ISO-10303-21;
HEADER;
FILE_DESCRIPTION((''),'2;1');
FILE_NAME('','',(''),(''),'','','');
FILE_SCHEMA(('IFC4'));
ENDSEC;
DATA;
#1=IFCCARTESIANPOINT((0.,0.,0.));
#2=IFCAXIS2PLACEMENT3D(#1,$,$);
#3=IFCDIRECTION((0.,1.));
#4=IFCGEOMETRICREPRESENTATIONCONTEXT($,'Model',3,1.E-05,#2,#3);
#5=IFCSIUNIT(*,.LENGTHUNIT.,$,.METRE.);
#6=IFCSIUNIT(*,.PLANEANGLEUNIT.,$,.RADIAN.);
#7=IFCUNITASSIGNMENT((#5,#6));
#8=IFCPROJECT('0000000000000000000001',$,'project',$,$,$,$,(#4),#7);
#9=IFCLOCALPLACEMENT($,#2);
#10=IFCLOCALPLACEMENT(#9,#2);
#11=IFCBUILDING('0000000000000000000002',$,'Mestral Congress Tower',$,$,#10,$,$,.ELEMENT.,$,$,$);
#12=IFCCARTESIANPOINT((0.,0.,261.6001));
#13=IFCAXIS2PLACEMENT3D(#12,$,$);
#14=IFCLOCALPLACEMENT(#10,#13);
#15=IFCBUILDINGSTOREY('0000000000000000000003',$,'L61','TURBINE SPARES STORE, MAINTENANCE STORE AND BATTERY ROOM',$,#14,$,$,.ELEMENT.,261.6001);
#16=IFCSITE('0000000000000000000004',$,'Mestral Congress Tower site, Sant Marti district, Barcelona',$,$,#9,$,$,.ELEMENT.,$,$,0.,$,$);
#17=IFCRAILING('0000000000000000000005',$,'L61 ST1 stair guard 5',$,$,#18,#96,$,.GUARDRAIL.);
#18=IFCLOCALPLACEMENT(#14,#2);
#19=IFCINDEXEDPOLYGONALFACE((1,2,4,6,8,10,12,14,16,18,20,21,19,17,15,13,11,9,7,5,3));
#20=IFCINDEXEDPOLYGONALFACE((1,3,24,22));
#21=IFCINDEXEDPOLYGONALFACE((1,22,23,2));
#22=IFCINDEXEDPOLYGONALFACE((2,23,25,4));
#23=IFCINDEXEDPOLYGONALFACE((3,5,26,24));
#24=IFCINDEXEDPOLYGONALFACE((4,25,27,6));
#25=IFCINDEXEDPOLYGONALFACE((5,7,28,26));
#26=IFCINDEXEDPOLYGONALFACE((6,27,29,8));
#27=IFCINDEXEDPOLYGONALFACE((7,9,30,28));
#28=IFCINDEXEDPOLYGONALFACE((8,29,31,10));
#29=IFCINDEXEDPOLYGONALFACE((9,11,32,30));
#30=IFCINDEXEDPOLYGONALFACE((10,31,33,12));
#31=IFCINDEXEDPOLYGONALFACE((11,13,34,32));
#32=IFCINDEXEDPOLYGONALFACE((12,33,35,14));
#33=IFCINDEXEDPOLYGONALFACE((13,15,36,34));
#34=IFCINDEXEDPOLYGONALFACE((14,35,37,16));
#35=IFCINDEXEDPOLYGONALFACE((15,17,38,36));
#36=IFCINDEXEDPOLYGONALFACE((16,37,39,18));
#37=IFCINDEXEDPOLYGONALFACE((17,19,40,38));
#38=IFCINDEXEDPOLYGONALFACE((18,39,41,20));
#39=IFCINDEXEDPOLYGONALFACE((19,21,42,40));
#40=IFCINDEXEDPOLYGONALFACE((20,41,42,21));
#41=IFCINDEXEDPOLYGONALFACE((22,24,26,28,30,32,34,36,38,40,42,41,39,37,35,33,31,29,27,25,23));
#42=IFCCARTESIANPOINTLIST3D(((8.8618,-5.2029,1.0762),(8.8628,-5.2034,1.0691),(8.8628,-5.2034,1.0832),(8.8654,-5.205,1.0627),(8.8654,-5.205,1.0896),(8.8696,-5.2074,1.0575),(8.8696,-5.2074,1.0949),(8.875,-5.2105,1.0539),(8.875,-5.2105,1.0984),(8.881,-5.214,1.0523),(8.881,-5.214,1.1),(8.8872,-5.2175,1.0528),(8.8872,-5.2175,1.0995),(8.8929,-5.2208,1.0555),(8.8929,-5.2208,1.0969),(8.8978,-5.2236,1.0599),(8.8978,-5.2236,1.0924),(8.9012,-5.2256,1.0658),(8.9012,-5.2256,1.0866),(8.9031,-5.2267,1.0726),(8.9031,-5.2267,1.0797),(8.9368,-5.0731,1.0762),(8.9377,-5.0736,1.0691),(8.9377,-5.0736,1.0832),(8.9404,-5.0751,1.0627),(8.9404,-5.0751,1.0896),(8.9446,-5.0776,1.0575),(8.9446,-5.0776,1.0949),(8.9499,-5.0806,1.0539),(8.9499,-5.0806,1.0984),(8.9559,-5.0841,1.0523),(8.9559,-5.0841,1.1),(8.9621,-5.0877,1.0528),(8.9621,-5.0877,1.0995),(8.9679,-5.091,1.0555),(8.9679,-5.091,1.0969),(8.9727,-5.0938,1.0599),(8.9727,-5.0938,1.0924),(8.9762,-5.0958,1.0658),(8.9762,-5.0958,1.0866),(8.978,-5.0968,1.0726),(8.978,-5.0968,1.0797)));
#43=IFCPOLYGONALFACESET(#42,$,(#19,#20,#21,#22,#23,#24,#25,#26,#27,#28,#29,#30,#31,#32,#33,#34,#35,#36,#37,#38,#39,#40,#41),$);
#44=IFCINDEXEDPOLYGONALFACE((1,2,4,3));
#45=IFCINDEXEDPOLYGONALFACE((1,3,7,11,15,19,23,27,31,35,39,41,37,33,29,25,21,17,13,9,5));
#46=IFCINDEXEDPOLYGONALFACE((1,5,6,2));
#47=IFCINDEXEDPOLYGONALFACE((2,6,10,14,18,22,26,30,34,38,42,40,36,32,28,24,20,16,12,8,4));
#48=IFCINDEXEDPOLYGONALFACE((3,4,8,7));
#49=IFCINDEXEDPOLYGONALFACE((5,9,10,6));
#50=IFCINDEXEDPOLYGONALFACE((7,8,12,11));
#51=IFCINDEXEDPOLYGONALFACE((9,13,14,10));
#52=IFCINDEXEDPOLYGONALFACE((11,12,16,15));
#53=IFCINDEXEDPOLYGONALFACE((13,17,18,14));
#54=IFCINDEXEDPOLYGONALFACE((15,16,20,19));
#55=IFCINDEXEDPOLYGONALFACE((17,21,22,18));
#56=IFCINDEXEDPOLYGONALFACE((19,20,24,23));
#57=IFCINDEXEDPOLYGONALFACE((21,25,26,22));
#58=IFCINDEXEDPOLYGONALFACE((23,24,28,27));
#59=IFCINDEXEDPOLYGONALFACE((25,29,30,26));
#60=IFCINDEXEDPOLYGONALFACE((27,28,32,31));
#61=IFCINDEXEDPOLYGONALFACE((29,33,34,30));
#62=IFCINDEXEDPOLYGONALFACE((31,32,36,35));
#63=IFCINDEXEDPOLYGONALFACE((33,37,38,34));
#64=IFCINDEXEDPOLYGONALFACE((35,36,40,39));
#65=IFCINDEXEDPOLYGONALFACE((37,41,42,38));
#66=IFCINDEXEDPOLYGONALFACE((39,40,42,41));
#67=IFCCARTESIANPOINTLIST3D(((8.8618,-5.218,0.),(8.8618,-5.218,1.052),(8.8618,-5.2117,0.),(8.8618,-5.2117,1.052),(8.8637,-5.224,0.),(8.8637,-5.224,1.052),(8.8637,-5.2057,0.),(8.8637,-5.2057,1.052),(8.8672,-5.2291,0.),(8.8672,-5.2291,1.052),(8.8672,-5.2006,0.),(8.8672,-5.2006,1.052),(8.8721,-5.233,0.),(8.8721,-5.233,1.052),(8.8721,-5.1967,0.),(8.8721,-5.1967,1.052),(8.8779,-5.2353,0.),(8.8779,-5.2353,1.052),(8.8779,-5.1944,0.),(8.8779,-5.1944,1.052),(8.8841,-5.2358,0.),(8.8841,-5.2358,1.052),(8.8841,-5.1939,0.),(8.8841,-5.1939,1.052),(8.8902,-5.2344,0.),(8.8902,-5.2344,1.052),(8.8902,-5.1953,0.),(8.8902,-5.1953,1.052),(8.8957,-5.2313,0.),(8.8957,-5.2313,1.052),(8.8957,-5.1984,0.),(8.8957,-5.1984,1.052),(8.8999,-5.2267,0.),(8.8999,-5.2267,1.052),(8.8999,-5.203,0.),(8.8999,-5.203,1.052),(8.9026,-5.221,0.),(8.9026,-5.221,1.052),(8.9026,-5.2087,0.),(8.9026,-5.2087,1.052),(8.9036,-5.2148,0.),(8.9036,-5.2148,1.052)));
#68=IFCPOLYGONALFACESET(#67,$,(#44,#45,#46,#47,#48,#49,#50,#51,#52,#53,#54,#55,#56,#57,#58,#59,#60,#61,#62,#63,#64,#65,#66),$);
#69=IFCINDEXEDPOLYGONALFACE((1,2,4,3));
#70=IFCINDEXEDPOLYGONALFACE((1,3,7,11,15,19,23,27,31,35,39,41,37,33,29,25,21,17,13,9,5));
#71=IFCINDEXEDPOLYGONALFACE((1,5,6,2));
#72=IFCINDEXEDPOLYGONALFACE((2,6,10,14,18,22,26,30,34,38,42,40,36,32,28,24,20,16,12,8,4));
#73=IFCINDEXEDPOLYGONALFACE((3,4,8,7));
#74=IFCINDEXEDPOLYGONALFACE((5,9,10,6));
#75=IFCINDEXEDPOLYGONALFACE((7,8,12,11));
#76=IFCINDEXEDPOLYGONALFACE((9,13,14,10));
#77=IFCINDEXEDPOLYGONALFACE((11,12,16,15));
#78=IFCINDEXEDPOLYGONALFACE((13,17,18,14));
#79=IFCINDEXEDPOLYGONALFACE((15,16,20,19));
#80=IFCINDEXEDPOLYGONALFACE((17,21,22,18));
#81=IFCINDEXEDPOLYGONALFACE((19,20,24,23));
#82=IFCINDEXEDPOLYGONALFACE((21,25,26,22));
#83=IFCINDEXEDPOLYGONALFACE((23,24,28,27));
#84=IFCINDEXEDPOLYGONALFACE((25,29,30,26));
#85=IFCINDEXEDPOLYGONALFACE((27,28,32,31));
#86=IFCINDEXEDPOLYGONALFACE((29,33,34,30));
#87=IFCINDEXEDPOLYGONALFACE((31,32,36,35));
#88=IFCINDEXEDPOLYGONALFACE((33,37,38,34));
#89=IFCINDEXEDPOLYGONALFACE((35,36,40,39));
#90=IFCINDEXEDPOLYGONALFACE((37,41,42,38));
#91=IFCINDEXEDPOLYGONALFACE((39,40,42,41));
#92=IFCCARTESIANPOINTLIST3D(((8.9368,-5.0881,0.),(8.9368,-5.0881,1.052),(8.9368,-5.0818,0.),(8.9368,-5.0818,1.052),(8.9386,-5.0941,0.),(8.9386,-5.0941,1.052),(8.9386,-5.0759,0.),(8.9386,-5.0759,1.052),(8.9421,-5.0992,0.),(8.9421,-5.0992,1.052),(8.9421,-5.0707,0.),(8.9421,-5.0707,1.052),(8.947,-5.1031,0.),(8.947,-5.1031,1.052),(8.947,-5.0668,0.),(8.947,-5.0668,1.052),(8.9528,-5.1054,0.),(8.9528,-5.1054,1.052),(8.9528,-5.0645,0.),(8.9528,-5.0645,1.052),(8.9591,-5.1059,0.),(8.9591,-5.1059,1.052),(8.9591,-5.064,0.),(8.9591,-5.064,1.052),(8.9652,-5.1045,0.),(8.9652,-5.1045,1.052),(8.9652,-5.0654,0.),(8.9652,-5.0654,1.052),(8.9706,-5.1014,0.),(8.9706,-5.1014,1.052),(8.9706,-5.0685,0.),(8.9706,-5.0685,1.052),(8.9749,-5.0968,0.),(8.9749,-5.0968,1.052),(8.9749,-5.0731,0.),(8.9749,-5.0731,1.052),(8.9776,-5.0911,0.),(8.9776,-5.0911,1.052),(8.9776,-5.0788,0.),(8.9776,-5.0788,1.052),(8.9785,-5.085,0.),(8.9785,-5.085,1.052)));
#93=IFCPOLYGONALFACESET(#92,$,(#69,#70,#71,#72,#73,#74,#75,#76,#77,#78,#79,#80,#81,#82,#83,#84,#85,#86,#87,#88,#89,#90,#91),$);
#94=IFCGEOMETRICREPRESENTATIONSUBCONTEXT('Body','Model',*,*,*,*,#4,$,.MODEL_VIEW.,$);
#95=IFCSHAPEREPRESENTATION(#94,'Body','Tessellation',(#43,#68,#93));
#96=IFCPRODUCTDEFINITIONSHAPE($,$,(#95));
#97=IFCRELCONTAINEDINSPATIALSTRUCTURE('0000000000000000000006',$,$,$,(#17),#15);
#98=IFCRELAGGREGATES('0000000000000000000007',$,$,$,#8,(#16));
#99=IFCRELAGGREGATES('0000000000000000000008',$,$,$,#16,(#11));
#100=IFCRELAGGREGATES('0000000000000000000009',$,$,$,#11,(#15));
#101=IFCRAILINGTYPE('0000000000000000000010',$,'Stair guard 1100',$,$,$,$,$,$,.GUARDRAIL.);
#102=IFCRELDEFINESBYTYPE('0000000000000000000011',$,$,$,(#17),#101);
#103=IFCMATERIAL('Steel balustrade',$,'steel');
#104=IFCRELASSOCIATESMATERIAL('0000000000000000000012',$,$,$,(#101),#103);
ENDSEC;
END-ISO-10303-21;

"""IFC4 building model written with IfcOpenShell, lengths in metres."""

from ifc_helpers import new_model, si_unit, direction, frame, origin, origin_2d, place, context, subcontext, project, spatial, circle, extrude, material, type_object, element, save


model = new_model("IFC4")

# Units and contexts
model_context = context("Model", 3, precision=1e-05, world=origin(), true_north=direction((0.0, 1.0)))
body_context = subcontext(model_context, "Body", "Model", "MODEL_VIEW")
ifc_project = project(units=[si_unit("LENGTHUNIT", "METRE"), si_unit("PLANEANGLEUNIT", "RADIAN")], contexts=[model_context])

# Site, building, storey
site_placement = place(None, origin())
site = spatial("IfcSite", under=ifc_project, at=site_placement, Name="Mestral Congress Tower site, Sant Marti district, Barcelona", CompositionType="ELEMENT", RefElevation=0.0)
building_placement = place(site_placement, origin())
building = spatial("IfcBuilding", under=site, at=building_placement, Name="Mestral Congress Tower", CompositionType="ELEMENT")
storey_placement = place(building_placement, frame((0.0, 0.0, 261.6001)))
storey = spatial("IfcBuildingStorey", under=building, at=storey_placement, Name="L61", Description="TURBINE SPARES STORE, MAINTENANCE STORE AND BATTERY ROOM", CompositionType="ELEMENT", Elevation=261.6001)

# Railing
ifc_material_1 = material(Name="Steel balustrade", Category="steel")
railing_type = type_object("IfcRailingType", Name="Stair guard 1100", PredefinedType="GUARDRAIL", material=ifc_material_1)
railing_placement = place(storey_placement, frame((8.8826, -5.2148, 0.0)))
element("IfcRailing", 1, at=railing_placement, inside=storey, type_object=railing_type, Name="L61 ST1 stair guard 5", PredefinedType="GUARDRAIL", context=body_context, shape_type="SweptSolid", body=[
    extrude(circle(Radius=0.0239, at=origin_2d()), frame((0.0, 0.0, 1.0762), z_axis=(0.499816, 0.866131, 0.0), x_axis=(-0.866131, 0.499816, 0.0)), (0.0, 0.0, 1.0), 0.1499),
    extrude(circle(Radius=0.021, at=origin_2d()), origin(), (0.0, 0.0, 1.0), 1.052),
    extrude(circle(Radius=0.021, at=origin_2d()), frame((0.075, 0.1299, 0.0)), (0.0, 0.0, 1.0), 1.052),
])

save(model, "model.ifc")
